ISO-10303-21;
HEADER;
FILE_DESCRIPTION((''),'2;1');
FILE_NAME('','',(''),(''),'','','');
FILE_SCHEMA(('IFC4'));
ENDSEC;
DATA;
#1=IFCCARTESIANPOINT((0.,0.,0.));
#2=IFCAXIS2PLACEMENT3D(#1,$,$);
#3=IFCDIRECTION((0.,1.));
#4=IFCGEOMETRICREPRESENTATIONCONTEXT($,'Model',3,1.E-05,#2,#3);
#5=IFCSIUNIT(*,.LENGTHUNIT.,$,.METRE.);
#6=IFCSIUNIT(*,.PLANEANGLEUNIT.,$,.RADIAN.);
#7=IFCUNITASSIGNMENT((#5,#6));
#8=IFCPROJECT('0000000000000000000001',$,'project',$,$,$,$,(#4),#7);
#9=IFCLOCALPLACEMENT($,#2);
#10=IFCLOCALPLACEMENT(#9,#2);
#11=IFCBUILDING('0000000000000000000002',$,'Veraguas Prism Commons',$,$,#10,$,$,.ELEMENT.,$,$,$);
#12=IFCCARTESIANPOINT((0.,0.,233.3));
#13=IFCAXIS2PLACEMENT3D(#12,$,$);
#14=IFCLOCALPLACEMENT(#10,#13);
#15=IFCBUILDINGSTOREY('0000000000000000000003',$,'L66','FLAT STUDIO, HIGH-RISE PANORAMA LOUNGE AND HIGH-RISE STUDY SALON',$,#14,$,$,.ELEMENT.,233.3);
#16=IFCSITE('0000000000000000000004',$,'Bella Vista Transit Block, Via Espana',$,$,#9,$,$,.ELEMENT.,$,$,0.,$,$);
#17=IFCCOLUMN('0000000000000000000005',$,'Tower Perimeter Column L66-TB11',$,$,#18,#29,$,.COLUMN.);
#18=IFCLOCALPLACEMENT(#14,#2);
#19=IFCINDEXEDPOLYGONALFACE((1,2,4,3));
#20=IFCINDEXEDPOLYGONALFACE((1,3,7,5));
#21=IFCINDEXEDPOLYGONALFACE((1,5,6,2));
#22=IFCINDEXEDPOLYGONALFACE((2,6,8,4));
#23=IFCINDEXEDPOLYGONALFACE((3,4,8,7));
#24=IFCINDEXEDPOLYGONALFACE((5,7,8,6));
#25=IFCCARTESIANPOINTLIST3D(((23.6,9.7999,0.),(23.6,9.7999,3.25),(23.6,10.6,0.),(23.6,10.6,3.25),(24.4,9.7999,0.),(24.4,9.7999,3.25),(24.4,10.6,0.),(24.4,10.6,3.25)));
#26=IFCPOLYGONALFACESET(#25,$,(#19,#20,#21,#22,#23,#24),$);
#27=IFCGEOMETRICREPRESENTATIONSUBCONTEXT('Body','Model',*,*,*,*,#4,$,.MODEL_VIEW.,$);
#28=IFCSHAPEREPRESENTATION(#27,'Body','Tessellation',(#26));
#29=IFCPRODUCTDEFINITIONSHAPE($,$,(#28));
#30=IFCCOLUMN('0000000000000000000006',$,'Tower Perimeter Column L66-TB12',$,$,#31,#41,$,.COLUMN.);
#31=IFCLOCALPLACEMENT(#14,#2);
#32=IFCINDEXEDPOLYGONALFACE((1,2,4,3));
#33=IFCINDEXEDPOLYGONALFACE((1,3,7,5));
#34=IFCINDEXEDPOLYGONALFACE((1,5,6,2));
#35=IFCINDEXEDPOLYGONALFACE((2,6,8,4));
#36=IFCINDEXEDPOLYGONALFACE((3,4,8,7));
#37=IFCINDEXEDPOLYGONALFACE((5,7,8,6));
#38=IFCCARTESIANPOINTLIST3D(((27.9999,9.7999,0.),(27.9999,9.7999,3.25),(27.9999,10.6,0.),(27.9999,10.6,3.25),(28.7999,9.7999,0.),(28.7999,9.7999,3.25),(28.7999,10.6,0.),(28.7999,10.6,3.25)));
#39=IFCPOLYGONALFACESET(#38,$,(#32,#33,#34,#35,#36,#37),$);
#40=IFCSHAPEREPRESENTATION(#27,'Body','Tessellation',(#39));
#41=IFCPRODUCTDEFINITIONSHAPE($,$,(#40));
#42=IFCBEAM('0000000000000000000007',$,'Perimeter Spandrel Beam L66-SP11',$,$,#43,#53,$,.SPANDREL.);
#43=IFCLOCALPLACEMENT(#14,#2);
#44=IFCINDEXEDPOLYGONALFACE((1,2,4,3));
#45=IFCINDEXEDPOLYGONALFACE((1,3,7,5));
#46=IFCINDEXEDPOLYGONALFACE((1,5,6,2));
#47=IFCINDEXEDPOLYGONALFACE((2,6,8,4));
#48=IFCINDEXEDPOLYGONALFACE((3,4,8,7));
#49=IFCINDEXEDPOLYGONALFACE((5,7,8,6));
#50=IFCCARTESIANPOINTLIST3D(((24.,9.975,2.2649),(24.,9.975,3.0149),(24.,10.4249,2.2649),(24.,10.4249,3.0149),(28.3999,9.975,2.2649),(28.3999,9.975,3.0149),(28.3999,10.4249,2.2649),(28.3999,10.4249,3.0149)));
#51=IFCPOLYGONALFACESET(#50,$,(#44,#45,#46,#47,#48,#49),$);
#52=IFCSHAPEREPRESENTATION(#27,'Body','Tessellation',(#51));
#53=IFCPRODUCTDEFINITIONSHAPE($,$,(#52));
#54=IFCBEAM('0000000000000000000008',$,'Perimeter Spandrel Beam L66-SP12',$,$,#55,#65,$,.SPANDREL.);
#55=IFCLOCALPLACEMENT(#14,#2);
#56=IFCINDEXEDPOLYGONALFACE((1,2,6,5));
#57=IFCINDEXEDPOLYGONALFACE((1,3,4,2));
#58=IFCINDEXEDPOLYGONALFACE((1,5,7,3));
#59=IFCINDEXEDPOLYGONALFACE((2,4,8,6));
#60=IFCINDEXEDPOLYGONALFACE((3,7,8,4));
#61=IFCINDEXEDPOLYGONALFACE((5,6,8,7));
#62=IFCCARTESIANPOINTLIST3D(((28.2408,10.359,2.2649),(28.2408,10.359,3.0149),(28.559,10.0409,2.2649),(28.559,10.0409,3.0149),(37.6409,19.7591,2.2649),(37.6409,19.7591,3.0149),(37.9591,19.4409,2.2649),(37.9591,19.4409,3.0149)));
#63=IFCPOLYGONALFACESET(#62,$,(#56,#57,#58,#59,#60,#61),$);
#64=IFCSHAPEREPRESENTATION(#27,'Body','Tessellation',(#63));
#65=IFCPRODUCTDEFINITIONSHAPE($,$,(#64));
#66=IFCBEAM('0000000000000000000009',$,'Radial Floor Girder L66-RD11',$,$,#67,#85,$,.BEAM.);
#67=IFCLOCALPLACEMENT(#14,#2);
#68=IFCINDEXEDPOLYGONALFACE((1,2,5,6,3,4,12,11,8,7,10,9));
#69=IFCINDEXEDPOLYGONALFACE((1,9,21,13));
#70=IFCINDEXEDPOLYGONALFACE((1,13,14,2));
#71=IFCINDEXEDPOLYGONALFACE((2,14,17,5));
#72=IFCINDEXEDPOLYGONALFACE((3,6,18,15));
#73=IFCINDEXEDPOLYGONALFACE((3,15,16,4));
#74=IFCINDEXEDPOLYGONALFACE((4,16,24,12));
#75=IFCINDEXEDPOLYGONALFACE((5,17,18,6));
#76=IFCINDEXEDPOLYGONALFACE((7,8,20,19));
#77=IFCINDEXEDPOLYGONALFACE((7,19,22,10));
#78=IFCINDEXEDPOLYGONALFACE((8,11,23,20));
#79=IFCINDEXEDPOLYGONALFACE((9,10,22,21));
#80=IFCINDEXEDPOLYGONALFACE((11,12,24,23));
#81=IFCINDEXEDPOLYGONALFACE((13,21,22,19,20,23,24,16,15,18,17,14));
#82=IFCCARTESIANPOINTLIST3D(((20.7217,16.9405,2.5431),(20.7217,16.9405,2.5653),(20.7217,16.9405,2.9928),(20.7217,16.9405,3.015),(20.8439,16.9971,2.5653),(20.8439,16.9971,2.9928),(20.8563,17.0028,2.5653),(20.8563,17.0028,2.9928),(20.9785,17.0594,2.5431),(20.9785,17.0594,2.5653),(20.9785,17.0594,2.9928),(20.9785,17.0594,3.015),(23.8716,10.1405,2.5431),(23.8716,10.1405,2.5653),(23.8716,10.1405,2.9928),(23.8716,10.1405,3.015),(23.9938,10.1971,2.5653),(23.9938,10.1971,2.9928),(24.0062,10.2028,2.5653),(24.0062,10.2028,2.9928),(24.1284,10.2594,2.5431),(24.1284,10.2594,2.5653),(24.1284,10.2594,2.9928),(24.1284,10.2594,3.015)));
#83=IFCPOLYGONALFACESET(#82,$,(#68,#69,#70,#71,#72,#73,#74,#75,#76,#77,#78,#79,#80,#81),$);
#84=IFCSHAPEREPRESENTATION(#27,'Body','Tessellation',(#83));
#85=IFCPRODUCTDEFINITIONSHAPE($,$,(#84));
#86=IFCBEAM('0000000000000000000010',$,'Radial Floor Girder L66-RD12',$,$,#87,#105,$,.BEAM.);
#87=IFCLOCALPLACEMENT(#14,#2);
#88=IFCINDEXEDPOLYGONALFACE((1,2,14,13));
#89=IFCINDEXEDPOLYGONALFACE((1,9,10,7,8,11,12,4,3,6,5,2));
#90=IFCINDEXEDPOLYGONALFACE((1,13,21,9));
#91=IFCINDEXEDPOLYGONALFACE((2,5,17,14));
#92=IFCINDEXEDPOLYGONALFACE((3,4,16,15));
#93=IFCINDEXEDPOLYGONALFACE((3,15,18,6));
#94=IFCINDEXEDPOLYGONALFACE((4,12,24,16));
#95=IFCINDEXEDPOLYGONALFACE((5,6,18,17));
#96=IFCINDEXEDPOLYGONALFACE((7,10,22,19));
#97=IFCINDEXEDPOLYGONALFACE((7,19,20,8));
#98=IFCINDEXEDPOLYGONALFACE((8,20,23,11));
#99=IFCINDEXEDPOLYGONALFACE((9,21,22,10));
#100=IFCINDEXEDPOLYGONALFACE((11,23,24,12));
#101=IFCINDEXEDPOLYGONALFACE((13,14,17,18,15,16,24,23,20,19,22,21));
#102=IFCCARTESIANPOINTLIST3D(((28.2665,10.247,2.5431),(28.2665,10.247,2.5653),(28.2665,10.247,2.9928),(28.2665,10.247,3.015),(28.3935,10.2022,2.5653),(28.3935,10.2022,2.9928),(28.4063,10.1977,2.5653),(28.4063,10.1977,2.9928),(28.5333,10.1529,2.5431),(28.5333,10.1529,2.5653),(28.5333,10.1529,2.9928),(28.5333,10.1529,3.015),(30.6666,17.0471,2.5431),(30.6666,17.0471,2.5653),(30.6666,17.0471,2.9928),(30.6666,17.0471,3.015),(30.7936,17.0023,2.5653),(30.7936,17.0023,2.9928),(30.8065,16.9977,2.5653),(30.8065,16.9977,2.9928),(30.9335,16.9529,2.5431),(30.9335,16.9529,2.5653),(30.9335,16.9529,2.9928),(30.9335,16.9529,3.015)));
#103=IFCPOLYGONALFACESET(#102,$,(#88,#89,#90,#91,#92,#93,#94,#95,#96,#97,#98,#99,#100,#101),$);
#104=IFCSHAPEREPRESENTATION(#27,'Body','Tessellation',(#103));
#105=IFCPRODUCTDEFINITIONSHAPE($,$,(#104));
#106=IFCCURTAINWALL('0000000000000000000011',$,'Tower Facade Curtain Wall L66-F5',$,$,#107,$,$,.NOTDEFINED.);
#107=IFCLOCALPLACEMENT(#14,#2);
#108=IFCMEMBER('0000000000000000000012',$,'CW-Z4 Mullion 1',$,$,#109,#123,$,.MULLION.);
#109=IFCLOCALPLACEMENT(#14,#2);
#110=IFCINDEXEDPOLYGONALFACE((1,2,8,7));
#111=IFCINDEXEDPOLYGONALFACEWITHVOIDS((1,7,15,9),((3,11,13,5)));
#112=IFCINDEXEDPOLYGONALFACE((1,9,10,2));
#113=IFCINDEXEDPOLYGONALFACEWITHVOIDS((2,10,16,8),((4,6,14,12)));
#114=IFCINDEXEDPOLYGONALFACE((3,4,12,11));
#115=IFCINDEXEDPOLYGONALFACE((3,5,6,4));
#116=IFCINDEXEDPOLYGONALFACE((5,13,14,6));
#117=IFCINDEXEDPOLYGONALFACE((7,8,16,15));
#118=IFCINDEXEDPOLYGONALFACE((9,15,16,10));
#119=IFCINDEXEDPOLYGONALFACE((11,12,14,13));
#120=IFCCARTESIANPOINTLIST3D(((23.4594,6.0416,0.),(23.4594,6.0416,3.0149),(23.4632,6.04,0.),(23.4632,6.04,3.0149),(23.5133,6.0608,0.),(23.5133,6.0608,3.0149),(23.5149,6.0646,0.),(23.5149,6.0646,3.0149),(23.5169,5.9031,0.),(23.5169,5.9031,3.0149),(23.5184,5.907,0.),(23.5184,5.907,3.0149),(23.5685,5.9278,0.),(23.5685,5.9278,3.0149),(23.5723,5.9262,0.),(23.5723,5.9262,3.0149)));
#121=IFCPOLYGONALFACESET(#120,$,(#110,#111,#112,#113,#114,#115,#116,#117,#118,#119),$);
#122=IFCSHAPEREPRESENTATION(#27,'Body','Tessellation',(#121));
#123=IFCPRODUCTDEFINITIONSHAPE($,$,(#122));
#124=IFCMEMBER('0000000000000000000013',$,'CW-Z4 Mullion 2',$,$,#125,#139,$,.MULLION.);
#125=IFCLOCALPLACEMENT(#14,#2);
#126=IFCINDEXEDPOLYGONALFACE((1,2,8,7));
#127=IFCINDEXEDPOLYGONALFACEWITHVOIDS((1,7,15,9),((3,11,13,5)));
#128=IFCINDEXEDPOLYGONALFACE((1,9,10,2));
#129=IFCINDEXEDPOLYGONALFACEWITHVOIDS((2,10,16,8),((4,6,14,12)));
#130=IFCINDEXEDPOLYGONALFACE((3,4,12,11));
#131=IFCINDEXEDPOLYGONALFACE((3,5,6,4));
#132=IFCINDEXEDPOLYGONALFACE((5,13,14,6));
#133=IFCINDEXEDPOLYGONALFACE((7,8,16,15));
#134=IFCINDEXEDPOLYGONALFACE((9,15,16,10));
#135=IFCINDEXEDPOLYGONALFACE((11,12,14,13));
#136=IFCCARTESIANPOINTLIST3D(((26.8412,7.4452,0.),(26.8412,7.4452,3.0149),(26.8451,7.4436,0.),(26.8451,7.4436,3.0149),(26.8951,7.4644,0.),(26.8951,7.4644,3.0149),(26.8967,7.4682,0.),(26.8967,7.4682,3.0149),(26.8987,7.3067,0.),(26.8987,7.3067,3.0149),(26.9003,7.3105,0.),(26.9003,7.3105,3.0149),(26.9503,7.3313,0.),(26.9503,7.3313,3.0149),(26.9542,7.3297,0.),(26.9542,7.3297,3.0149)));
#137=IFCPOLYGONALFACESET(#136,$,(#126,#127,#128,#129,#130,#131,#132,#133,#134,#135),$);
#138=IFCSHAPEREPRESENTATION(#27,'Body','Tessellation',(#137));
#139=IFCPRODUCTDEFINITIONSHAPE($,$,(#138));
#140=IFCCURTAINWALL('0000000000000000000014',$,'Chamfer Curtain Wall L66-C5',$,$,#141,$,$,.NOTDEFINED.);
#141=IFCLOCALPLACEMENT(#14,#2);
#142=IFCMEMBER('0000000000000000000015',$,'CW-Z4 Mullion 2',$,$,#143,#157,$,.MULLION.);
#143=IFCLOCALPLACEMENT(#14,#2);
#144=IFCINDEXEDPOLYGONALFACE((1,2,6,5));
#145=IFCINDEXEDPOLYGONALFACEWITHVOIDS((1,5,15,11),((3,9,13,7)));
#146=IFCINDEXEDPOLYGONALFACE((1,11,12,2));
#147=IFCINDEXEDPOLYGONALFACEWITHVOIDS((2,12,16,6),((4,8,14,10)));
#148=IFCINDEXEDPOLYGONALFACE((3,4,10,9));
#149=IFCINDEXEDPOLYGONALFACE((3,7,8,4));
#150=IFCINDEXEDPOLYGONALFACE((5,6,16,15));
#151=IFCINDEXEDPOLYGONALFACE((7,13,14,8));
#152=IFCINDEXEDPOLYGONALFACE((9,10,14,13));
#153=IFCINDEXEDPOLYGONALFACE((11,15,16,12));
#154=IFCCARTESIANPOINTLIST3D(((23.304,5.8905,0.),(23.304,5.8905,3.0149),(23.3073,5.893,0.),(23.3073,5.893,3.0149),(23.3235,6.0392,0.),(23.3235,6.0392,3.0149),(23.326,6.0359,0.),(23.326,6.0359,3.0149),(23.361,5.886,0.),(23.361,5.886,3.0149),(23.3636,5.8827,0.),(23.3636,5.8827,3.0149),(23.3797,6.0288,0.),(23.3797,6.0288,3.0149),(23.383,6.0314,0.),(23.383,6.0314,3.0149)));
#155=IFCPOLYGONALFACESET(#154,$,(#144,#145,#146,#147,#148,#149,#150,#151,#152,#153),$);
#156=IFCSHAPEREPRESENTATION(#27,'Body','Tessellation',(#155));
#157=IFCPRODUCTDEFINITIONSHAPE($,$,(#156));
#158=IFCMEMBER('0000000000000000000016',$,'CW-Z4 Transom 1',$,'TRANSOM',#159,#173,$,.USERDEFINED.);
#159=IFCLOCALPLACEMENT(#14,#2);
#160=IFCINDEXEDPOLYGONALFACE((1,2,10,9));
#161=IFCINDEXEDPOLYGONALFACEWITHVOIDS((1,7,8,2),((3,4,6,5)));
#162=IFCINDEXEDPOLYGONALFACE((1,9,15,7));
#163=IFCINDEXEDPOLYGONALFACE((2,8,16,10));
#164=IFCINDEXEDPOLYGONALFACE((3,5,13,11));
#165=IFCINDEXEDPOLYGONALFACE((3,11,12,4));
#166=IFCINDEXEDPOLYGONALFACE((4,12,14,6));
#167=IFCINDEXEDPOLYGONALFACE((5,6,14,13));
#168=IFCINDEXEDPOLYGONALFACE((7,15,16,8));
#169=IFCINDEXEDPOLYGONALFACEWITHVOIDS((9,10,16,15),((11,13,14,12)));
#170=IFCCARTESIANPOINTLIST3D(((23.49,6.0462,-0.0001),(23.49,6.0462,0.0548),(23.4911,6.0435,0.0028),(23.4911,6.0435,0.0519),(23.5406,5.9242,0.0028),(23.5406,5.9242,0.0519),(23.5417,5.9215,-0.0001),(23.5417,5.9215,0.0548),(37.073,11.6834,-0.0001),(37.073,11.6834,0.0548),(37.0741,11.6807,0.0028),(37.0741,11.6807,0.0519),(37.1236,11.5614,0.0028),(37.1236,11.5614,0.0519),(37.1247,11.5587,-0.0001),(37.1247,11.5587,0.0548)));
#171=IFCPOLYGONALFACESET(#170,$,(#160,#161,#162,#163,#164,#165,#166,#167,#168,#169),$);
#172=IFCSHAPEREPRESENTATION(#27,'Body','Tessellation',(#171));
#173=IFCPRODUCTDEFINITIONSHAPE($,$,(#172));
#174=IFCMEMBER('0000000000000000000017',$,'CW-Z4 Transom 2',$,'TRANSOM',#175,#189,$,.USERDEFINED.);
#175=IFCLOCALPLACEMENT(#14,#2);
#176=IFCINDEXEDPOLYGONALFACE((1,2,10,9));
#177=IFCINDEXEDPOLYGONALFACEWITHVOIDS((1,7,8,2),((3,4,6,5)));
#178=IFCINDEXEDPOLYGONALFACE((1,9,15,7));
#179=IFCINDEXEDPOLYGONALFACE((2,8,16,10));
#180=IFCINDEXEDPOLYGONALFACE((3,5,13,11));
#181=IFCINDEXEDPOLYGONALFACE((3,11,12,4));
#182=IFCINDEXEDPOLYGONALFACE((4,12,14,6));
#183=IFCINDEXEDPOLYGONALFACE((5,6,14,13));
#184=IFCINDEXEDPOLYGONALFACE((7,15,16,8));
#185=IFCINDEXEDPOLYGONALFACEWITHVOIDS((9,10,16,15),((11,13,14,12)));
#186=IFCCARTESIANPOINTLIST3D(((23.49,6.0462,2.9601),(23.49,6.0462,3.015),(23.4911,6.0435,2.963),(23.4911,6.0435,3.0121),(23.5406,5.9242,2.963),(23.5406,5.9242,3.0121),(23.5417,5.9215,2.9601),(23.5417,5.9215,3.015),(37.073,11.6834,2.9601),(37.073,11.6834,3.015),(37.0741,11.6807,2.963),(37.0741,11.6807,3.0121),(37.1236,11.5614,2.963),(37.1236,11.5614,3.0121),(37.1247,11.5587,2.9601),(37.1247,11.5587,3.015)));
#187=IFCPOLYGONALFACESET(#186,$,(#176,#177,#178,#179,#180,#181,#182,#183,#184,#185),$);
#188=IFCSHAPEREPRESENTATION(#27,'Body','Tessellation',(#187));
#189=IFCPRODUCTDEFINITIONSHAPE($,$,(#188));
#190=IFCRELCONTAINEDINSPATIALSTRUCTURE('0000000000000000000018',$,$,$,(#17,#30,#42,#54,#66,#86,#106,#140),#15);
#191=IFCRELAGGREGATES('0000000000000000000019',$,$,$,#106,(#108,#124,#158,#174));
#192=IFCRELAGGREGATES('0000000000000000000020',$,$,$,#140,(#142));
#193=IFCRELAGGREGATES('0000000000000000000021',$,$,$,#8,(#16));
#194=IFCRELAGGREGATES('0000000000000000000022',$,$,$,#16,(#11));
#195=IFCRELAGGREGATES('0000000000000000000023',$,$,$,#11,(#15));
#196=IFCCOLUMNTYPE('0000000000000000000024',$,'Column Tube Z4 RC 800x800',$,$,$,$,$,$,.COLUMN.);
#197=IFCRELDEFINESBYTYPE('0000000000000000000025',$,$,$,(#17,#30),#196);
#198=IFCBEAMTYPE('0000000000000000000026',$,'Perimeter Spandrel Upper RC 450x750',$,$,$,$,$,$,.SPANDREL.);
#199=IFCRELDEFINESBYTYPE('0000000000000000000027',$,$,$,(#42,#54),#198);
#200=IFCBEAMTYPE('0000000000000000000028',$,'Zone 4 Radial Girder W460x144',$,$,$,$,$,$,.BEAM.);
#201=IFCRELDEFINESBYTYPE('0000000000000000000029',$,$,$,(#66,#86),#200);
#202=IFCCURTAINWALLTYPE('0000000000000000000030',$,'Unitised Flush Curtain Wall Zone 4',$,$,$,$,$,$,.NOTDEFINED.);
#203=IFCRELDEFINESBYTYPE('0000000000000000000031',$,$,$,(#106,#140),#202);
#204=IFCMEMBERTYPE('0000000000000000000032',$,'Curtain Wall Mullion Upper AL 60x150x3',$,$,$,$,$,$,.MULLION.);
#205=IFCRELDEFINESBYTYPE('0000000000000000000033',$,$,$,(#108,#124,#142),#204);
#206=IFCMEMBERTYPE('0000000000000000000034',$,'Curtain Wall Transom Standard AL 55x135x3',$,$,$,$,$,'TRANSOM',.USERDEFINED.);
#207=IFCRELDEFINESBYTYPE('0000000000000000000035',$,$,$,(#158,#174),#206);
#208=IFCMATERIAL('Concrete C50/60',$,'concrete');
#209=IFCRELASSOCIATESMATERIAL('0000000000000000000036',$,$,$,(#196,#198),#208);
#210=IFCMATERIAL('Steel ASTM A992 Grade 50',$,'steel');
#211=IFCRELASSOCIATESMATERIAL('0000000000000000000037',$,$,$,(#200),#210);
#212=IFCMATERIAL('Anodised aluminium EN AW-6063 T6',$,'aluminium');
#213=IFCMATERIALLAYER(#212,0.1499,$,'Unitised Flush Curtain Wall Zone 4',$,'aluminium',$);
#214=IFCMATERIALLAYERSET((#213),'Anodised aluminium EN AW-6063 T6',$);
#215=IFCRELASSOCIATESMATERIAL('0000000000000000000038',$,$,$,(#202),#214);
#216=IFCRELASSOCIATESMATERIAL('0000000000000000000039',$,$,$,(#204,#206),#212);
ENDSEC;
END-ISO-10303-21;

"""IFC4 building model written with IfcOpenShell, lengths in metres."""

from ifc_helpers import new_model, si_unit, direction, frame, origin, origin_2d, place, context, subcontext, project, spatial, rectangle, hollow_rectangle, i_section, extrude, source, transform, mapped, material, layer, layer_set, material_profile, profile_set, type_object, element, aggregate, save


model = new_model("IFC4")

# Units and contexts
model_context = context("Model", 3, precision=1e-05, world=origin(), true_north=direction((0.0, 1.0)))
body_context = subcontext(model_context, "Body", "Model", "MODEL_VIEW")
ifc_project = project(units=[si_unit("LENGTHUNIT", "METRE"), si_unit("PLANEANGLEUNIT", "RADIAN")], contexts=[model_context])

# Site, building, storey
site_placement = place(None, origin())
site = spatial("IfcSite", under=ifc_project, at=site_placement, Name="Bella Vista Transit Block, Via Espana", CompositionType="ELEMENT", RefElevation=0.0)
building_placement = place(site_placement, origin())
building = spatial("IfcBuilding", under=site, at=building_placement, Name="Veraguas Prism Commons", CompositionType="ELEMENT")
storey_placement = place(building_placement, frame((0.0, 0.0, 233.3)))
storey = spatial("IfcBuildingStorey", under=building, at=storey_placement, Name="L66", Description="FLAT STUDIO, HIGH-RISE PANORAMA LOUNGE AND HIGH-RISE STUDY SALON", CompositionType="ELEMENT", Elevation=233.3)

# Columns
ifc_material_1 = material(Name="Concrete C50/60", Category="concrete")
ifc_material_profile_1 = material_profile(ifc_material_1, rectangle(XDim=0.8, YDim=0.8, at=origin_2d()), Name="RC800X800")
ifc_profile_set_1 = profile_set([ifc_material_profile_1], Name="Concrete C50/60")
column_type = type_object("IfcColumnType", Name="Column Tube Z4 RC 800x800", PredefinedType="COLUMN", material=ifc_profile_set_1)
for number, where, z_axis, x_axis, name in (
    (1, (24.0, 10.2, 0.0), (0.0, 0.0, 1.0), (1.0, 0.0, 0.0), "Tower Perimeter Column L66-TB11"),
    (2, (28.3999, 10.2, 0.0), (0.0, 0.0, 1.0), (1.0, 0.0, 0.0), "Tower Perimeter Column L66-TB12"),
):
    element("IfcColumn", number, at=place(storey_placement, frame(where, z_axis=z_axis, x_axis=x_axis)), inside=storey, type_object=column_type, Name=name, PredefinedType="COLUMN", context=body_context, shape_type="SweptSolid", body=[
        extrude(rectangle(XDim=0.8, YDim=0.8, at=origin_2d()), origin(), (0.0, 0.0, 1.0), 3.25),
    ])

# Beams
ifc_material_profile_2 = material_profile(ifc_material_1, rectangle(XDim=0.45, YDim=0.75, at=origin_2d()), Name="RC450X750")
ifc_profile_set_2 = profile_set([ifc_material_profile_2], Name="Concrete C50/60")
beam_type_1 = type_object("IfcBeamType", Name="Perimeter Spandrel Upper RC 450x750", PredefinedType="SPANDREL", material=ifc_profile_set_2)
beam_1_placement = place(storey_placement, frame((24.0, 10.2, 2.6399), z_axis=(1.0, 0.0, 0.0), x_axis=(0.0, 1.0, 0.0)))
element("IfcBeam", 3, at=beam_1_placement, inside=storey, type_object=beam_type_1, Name="Perimeter Spandrel Beam L66-SP11", PredefinedType="SPANDREL", context=body_context, shape_type="SweptSolid", body=[
    extrude(rectangle(XDim=0.45, YDim=0.75, at=origin_2d()), origin(), (0.0, 0.0, 1.0), 4.3999),
])
beam_2_placement = place(storey_placement, frame((28.3999, 10.2, 2.6399), z_axis=(0.707107, 0.707107, 0.0), x_axis=(-0.707107, 0.707107, 0.0)))
element("IfcBeam", 4, at=beam_2_placement, inside=storey, type_object=beam_type_1, Name="Perimeter Spandrel Beam L66-SP12", PredefinedType="SPANDREL", context=body_context, shape_type="SweptSolid", body=[
    extrude(rectangle(XDim=0.45, YDim=0.75, at=origin_2d()), origin(), (0.0, 0.0, 1.0), 13.2937),
])
ifc_material_2 = material(Name="Steel ASTM A992 Grade 50", Category="steel")
ifc_material_profile_3 = material_profile(ifc_material_2, i_section(OverallWidth=0.283, OverallDepth=0.4719, WebThickness=0.0137, FlangeThickness=0.0222, at=origin_2d()), Name="W460X144")
ifc_profile_set_3 = profile_set([ifc_material_profile_3], Name="Steel ASTM A992 Grade 50")
beam_type_2 = type_object("IfcBeamType", Name="Zone 4 Radial Girder W460x144", PredefinedType="BEAM", material=ifc_profile_set_3)
beam_3_placement = place(storey_placement, frame((24.0, 10.2, 2.7791), z_axis=(-0.420314, 0.907379, 0.0), x_axis=(-0.907379, -0.420314, 0.0)))
element("IfcBeam", 5, at=beam_3_placement, inside=storey, type_object=beam_type_2, Name="Radial Floor Girder L66-RD11", PredefinedType="BEAM", context=body_context, shape_type="SweptSolid", body=[
    extrude(i_section(OverallWidth=0.283, OverallDepth=0.4719, WebThickness=0.0137, FlangeThickness=0.0222, at=origin_2d()), origin(), (0.0, 0.0, 1.0), 7.4941),
])
beam_4_placement = place(storey_placement, frame((28.3999, 10.2, 2.7791), z_axis=(0.332836, 0.942985, 0.0), x_axis=(-0.942985, 0.332836, 0.0)))
element("IfcBeam", 6, at=beam_4_placement, inside=storey, type_object=beam_type_2, Name="Radial Floor Girder L66-RD12", PredefinedType="BEAM", context=body_context, shape_type="SweptSolid", body=[
    extrude(i_section(OverallWidth=0.283, OverallDepth=0.4719, WebThickness=0.0137, FlangeThickness=0.0222, at=origin_2d()), origin(), (0.0, 0.0, 1.0), 7.2112),
])

# Curtain wall, members
ifc_material_3 = material(Name="Anodised aluminium EN AW-6063 T6", Category="aluminium")
ifc_layer_1 = layer(ifc_material_3, 0.1499, Name="Unitised Flush Curtain Wall Zone 4", Category="aluminium")
ifc_layer_set_1 = layer_set([ifc_layer_1], Name="Anodised aluminium EN AW-6063 T6")
curtain_wall_type = type_object("IfcCurtainWallType", Name="Unitised Flush Curtain Wall Zone 4", PredefinedType="NOTDEFINED", material=ifc_layer_set_1)
curtain_wall_1_placement = place(storey_placement, origin())
curtain_wall_1 = element("IfcCurtainWall", 7, at=curtain_wall_1_placement, inside=storey, type_object=curtain_wall_type, Name="Tower Facade Curtain Wall L66-F5", PredefinedType="NOTDEFINED")
ifc_material_profile_4 = material_profile(ifc_material_3, hollow_rectangle(XDim=0.0601, YDim=0.1499, WallThickness=0.0029, at=origin_2d()), Name="AL60X150X3")
ifc_profile_set_4 = profile_set([ifc_material_profile_4], Name="Anodised aluminium EN AW-6063 T6")
member_type_1 = type_object("IfcMemberType", Name="Curtain Wall Mullion Upper AL 60x150x3", PredefinedType="MULLION", material=ifc_profile_set_4)
shared_shape_1 = source(origin(), body_context, "Body", "SweptSolid", [
    extrude(hollow_rectangle(XDim=0.0601, YDim=0.1499, WallThickness=0.0029, at=origin_2d()), origin(), (0.0, 0.0, 1.0), 3.0149),
])
member_1_placement = place(storey_placement, frame((23.5159, 5.9839, 0.0), z_axis=(0.0, 0.0, 1.0), x_axis=(0.923615, 0.383322, 0.0)))
member_1 = element("IfcMember", 8, at=member_1_placement, type_object=member_type_1, Name="CW-Z4 Mullion 1", PredefinedType="MULLION", context=body_context, shape_type="MappedRepresentation", body=[
    mapped(shared_shape_1, transform((0.0, 0.0, 0.0), scale=1.0)),
])
member_2_placement = place(storey_placement, frame((26.8977, 7.3875, 0.0), z_axis=(0.0, 0.0, 1.0), x_axis=(0.923615, 0.383322, 0.0)))
member_2 = element("IfcMember", 9, at=member_2_placement, type_object=member_type_1, Name="CW-Z4 Mullion 2", PredefinedType="MULLION", context=body_context, shape_type="MappedRepresentation", body=[
    mapped(shared_shape_1, transform((0.0, 0.0, 0.0), scale=1.0)),
])

# Curtain wall, member
curtain_wall_2_placement = place(storey_placement, origin())
curtain_wall_2 = element("IfcCurtainWall", 10, at=curtain_wall_2_placement, inside=storey, type_object=curtain_wall_type, Name="Chamfer Curtain Wall L66-C5", PredefinedType="NOTDEFINED")
member_3_placement = place(storey_placement, frame((23.3435, 5.9609, 0.0), z_axis=(0.0, 0.0, 1.0), x_axis=(0.991538, -0.12982, 0.0)))
member_3 = element("IfcMember", 11, at=member_3_placement, type_object=member_type_1, Name="CW-Z4 Mullion 2", PredefinedType="MULLION", context=body_context, shape_type="MappedRepresentation", body=[
    mapped(shared_shape_1, transform((0.0, 0.0, 0.0), scale=1.0)),
])

# Members
ifc_material_profile_5 = material_profile(ifc_material_3, hollow_rectangle(XDim=0.0549, YDim=0.135, WallThickness=0.0029, at=origin_2d()), Name="AL55X135X3")
ifc_profile_set_5 = profile_set([ifc_material_profile_5], Name="Anodised aluminium EN AW-6063 T6")
member_type_2 = type_object("IfcMemberType", Name="Curtain Wall Transom Standard AL 55x135x3", ElementType="TRANSOM", PredefinedType="USERDEFINED", material=ifc_profile_set_5)
shared_shape_2 = source(origin(), body_context, "Body", "SweptSolid", [
    extrude(hollow_rectangle(XDim=0.0549, YDim=0.135, WallThickness=0.0029, at=origin_2d()), origin(), (0.0, 0.0, 1.0), 14.7063),
])
member_4_placement = place(storey_placement, frame((23.5159, 5.9839, 0.0273), z_axis=(0.923616, 0.383318, 0.0), x_axis=(0.0, 0.0, 1.0)))
member_4 = element("IfcMember", 12, at=member_4_placement, type_object=member_type_2, Name="CW-Z4 Transom 1", ObjectType="TRANSOM", PredefinedType="USERDEFINED", context=body_context, shape_type="MappedRepresentation", body=[
    mapped(shared_shape_2, transform((0.0, 0.0, 0.0), scale=1.0)),
])
member_5_placement = place(storey_placement, frame((23.5159, 5.9839, 2.9875), z_axis=(0.923616, 0.383318, 0.0), x_axis=(0.0, 0.0, 1.0)))
member_5 = element("IfcMember", 13, at=member_5_placement, type_object=member_type_2, Name="CW-Z4 Transom 2", ObjectType="TRANSOM", PredefinedType="USERDEFINED", context=body_context, shape_type="MappedRepresentation", body=[
    mapped(shared_shape_2, transform((0.0, 0.0, 0.0), scale=1.0)),
])

aggregate(curtain_wall_1, [member_1, member_2, member_4, member_5])
aggregate(curtain_wall_2, [member_3])

save(model, "model.ifc")
